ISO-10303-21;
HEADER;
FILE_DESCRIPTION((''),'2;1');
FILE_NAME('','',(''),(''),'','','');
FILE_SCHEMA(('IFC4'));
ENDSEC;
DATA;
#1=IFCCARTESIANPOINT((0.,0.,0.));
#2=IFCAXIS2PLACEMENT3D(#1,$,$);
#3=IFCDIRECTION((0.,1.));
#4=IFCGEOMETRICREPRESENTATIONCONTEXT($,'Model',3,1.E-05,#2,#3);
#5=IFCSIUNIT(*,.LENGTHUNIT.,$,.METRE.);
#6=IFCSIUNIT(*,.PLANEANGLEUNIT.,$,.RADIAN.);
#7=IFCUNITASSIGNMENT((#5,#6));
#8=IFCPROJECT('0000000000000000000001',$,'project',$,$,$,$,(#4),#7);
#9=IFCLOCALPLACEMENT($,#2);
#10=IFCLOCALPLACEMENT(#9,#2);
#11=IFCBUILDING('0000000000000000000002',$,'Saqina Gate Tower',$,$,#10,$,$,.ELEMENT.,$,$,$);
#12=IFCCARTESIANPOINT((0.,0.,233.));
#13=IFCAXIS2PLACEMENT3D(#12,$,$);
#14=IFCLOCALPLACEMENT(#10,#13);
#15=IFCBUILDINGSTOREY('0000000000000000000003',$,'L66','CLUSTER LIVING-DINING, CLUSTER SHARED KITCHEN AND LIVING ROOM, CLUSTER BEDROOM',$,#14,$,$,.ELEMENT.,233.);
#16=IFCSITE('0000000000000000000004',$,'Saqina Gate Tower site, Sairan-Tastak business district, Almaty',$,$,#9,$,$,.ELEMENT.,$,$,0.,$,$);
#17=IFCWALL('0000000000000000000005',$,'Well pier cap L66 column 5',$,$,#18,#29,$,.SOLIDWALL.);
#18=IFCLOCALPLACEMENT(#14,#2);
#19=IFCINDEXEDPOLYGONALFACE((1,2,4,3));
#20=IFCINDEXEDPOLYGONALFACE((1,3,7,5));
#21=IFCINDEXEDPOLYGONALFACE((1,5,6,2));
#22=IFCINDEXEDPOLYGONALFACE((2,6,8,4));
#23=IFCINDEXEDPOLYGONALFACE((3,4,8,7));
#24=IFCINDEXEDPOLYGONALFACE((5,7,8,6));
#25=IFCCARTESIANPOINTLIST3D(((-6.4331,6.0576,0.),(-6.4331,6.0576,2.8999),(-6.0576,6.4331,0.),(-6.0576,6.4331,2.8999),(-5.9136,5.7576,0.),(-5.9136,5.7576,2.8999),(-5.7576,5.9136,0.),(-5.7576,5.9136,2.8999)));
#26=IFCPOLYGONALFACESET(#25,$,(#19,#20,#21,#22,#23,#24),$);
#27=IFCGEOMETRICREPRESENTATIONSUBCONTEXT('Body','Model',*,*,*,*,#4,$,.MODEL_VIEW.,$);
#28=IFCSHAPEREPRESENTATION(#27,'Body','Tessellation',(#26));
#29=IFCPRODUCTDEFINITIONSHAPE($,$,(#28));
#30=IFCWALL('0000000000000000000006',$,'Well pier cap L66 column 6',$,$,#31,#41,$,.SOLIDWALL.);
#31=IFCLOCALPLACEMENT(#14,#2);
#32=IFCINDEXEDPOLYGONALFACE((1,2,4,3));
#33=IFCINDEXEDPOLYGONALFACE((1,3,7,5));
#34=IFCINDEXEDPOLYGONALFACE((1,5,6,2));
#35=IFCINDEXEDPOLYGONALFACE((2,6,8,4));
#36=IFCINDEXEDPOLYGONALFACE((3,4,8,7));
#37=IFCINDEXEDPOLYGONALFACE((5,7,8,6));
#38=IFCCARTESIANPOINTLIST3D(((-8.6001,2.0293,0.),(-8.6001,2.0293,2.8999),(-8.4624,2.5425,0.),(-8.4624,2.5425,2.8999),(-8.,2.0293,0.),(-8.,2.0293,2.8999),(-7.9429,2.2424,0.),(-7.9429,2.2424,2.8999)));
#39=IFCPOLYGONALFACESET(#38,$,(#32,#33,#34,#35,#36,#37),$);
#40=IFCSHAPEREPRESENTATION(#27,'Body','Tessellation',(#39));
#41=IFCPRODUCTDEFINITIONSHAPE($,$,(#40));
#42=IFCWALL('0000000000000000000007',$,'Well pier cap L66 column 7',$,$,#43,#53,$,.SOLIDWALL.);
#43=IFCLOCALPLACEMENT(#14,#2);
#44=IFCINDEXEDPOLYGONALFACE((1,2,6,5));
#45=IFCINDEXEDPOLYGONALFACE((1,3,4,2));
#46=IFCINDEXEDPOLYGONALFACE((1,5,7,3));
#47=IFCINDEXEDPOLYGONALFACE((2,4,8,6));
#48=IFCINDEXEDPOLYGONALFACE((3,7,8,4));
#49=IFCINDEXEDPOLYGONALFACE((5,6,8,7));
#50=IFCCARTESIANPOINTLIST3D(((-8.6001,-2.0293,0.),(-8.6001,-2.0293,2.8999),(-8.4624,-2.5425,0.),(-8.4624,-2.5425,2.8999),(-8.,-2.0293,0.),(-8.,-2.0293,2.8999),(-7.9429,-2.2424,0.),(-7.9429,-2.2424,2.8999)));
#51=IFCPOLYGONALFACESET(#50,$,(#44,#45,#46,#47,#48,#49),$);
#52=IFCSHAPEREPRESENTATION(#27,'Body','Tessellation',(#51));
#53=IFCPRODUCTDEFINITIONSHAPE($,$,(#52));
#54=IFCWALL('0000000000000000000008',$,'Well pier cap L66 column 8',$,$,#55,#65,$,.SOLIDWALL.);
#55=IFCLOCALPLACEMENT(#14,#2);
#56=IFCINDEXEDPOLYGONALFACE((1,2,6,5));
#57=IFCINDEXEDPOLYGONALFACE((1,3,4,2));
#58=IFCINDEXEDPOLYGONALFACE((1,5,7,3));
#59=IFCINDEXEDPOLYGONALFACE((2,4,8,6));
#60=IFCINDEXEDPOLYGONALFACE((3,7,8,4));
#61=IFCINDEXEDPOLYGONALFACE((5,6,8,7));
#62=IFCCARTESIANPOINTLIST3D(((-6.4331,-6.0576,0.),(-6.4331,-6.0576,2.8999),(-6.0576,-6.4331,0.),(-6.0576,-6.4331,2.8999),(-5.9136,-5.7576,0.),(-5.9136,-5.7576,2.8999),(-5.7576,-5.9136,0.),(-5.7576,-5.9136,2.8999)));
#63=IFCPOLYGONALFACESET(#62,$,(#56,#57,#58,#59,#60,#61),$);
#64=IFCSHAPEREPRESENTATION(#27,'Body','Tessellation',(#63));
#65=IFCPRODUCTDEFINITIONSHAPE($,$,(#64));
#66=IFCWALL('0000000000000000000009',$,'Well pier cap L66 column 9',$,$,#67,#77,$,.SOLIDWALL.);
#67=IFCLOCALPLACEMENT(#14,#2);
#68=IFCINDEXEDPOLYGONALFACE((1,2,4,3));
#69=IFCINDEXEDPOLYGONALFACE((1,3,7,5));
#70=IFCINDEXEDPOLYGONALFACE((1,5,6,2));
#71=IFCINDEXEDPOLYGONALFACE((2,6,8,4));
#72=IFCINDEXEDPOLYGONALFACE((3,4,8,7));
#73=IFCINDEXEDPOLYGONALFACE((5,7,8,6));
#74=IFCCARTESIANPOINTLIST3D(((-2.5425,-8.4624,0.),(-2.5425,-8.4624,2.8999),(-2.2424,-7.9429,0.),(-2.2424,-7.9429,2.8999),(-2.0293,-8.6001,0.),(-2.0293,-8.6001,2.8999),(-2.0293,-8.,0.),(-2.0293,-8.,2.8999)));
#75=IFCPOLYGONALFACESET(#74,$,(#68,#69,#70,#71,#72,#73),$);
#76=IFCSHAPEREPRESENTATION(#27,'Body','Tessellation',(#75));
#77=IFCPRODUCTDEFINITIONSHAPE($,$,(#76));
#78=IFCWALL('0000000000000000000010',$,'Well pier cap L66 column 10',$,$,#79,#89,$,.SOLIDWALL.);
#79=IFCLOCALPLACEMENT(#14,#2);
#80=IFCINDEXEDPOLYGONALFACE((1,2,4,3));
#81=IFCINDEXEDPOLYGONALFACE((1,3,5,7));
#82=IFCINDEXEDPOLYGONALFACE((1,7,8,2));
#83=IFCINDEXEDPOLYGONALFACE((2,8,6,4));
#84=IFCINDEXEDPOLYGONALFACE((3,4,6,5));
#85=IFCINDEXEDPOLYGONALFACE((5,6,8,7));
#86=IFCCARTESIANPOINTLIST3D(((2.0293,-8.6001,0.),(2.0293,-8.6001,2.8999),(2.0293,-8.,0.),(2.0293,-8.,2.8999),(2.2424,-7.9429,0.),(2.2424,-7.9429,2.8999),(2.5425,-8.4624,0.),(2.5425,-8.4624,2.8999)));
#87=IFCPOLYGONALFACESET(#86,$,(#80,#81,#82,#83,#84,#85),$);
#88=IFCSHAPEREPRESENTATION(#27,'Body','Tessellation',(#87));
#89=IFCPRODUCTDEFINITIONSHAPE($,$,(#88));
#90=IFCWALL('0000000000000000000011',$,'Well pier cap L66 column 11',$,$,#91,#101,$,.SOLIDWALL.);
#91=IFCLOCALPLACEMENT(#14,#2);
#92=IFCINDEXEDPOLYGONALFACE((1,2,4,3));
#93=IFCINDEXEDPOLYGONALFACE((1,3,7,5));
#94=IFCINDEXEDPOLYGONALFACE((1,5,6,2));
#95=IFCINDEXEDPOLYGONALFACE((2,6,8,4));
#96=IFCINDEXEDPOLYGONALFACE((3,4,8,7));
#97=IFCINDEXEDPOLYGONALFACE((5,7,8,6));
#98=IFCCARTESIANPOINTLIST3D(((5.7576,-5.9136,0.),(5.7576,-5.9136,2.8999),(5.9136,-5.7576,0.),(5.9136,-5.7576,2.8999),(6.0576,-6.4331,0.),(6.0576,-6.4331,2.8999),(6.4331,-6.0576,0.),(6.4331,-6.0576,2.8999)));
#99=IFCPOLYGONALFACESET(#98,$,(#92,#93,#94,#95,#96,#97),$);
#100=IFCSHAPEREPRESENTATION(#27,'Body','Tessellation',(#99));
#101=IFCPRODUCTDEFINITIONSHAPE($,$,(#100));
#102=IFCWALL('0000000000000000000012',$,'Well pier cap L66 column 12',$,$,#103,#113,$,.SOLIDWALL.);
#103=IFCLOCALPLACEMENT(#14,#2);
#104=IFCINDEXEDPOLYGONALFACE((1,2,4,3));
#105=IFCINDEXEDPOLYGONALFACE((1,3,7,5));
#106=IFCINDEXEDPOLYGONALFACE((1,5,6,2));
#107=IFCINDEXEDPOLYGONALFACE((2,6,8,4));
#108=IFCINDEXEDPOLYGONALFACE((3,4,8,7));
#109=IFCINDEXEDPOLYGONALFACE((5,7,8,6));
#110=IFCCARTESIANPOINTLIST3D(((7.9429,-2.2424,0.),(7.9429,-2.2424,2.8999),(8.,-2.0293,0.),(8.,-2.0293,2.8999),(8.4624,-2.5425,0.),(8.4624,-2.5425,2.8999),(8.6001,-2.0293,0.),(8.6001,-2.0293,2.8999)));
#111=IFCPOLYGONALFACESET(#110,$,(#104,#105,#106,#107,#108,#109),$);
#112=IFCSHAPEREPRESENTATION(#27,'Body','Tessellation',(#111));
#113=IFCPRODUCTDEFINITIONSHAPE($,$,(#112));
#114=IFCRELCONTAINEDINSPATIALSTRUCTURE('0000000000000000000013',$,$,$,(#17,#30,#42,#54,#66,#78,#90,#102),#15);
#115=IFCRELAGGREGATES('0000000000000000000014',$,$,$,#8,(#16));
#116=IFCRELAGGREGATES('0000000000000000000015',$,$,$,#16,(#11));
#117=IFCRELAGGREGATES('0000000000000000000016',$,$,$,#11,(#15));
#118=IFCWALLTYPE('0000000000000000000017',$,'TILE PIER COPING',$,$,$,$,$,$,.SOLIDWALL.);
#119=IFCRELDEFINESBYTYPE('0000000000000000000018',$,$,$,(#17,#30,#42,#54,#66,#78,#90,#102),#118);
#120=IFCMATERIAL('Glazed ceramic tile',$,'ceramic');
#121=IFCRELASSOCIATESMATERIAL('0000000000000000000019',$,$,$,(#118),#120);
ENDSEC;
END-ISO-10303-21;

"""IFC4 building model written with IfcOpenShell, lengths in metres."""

from ifc_helpers import new_model, si_unit, direction, frame, origin, place, context, subcontext, project, spatial, polyline, outline, extrude, material, type_object, element, save


model = new_model("IFC4")

# Units and contexts
model_context = context("Model", 3, precision=1e-05, world=origin(), true_north=direction((0.0, 1.0)))
body_context = subcontext(model_context, "Body", "Model", "MODEL_VIEW")
ifc_project = project(units=[si_unit("LENGTHUNIT", "METRE"), si_unit("PLANEANGLEUNIT", "RADIAN")], contexts=[model_context])

# Site, building, storey
site_placement = place(None, origin())
site = spatial("IfcSite", under=ifc_project, at=site_placement, Name="Saqina Gate Tower site, Sairan-Tastak business district, Almaty", CompositionType="ELEMENT", RefElevation=0.0)
building_placement = place(site_placement, origin())
building = spatial("IfcBuilding", under=site, at=building_placement, Name="Saqina Gate Tower", CompositionType="ELEMENT")
storey_placement = place(building_placement, frame((0.0, 0.0, 233.0)))
storey = spatial("IfcBuildingStorey", under=building, at=storey_placement, Name="L66", Description="CLUSTER LIVING-DINING, CLUSTER SHARED KITCHEN AND LIVING ROOM, CLUSTER BEDROOM", CompositionType="ELEMENT", Elevation=233.0)

# Walls
ifc_material_1 = material(Name="Glazed ceramic tile", Category="ceramic")
wall_type_1 = type_object("IfcWallType", Name="TILE PIER COPING", PredefinedType="SOLIDWALL", material=ifc_material_1)
wall_1_placement = place(storey_placement, origin())
element("IfcWall", 1, at=wall_1_placement, inside=storey, type_object=wall_type_1, Name="Well pier cap L66 column 5", PredefinedType="SOLIDWALL", context=body_context, shape_type="SweptSolid", body=[
    extrude(outline(polyline([(-6.4331, 6.0576), (-5.9136, 5.7576), (-5.7576, 5.9136), (-6.0576, 6.4331), (-6.4331, 6.0576)])), origin(), (0.0, 0.0, 1.0), 2.8999),
])
wall_2_placement = place(storey_placement, origin())
element("IfcWall", 2, at=wall_2_placement, inside=storey, type_object=wall_type_1, Name="Well pier cap L66 column 6", PredefinedType="SOLIDWALL", context=body_context, shape_type="SweptSolid", body=[
    extrude(outline(polyline([(-8.6001, 2.0293), (-8.0, 2.0293), (-7.9429, 2.2424), (-8.4624, 2.5425), (-8.6001, 2.0293)])), origin(), (0.0, 0.0, 1.0), 2.8999),
])
wall_3_placement = place(storey_placement, origin())
element("IfcWall", 3, at=wall_3_placement, inside=storey, type_object=wall_type_1, Name="Well pier cap L66 column 7", PredefinedType="SOLIDWALL", context=body_context, shape_type="SweptSolid", body=[
    extrude(outline(polyline([(-8.4624, -2.5425), (-7.9429, -2.2424), (-8.0, -2.0293), (-8.6001, -2.0293), (-8.4624, -2.5425)])), origin(), (0.0, 0.0, 1.0), 2.8999),
])
wall_4_placement = place(storey_placement, origin())
element("IfcWall", 4, at=wall_4_placement, inside=storey, type_object=wall_type_1, Name="Well pier cap L66 column 8", PredefinedType="SOLIDWALL", context=body_context, shape_type="SweptSolid", body=[
    extrude(outline(polyline([(-6.0576, -6.4331), (-5.7576, -5.9136), (-5.9136, -5.7576), (-6.4331, -6.0576), (-6.0576, -6.4331)])), origin(), (0.0, 0.0, 1.0), 2.8999),
])
wall_5_placement = place(storey_placement, origin())
element("IfcWall", 5, at=wall_5_placement, inside=storey, type_object=wall_type_1, Name="Well pier cap L66 column 9", PredefinedType="SOLIDWALL", context=body_context, shape_type="SweptSolid", body=[
    extrude(outline(polyline([(-2.0293, -8.6001), (-2.0293, -8.0), (-2.2424, -7.9429), (-2.5425, -8.4624), (-2.0293, -8.6001)])), origin(), (0.0, 0.0, 1.0), 2.8999),
])
wall_6_placement = place(storey_placement, origin())
element("IfcWall", 6, at=wall_6_placement, inside=storey, type_object=wall_type_1, Name="Well pier cap L66 column 10", PredefinedType="SOLIDWALL", context=body_context, shape_type="SweptSolid", body=[
    extrude(outline(polyline([(2.5425, -8.4624), (2.2424, -7.9429), (2.0293, -8.0), (2.0293, -8.6001), (2.5425, -8.4624)])), origin(), (0.0, 0.0, 1.0), 2.8999),
])
wall_7_placement = place(storey_placement, origin())
element("IfcWall", 7, at=wall_7_placement, inside=storey, type_object=wall_type_1, Name="Well pier cap L66 column 11", PredefinedType="SOLIDWALL", context=body_context, shape_type="SweptSolid", body=[
    extrude(outline(polyline([(6.4331, -6.0576), (5.9136, -5.7576), (5.7576, -5.9136), (6.0576, -6.4331), (6.4331, -6.0576)])), origin(), (0.0, 0.0, 1.0), 2.8999),
])
wall_8_placement = place(storey_placement, origin())
element("IfcWall", 8, at=wall_8_placement, inside=storey, type_object=wall_type_1, Name="Well pier cap L66 column 12", PredefinedType="SOLIDWALL", context=body_context, shape_type="SweptSolid", body=[
    extrude(outline(polyline([(8.6001, -2.0293), (8.0, -2.0293), (7.9429, -2.2424), (8.4624, -2.5425), (8.6001, -2.0293)])), origin(), (0.0, 0.0, 1.0), 2.8999),
])

save(model, "model.ifc")
